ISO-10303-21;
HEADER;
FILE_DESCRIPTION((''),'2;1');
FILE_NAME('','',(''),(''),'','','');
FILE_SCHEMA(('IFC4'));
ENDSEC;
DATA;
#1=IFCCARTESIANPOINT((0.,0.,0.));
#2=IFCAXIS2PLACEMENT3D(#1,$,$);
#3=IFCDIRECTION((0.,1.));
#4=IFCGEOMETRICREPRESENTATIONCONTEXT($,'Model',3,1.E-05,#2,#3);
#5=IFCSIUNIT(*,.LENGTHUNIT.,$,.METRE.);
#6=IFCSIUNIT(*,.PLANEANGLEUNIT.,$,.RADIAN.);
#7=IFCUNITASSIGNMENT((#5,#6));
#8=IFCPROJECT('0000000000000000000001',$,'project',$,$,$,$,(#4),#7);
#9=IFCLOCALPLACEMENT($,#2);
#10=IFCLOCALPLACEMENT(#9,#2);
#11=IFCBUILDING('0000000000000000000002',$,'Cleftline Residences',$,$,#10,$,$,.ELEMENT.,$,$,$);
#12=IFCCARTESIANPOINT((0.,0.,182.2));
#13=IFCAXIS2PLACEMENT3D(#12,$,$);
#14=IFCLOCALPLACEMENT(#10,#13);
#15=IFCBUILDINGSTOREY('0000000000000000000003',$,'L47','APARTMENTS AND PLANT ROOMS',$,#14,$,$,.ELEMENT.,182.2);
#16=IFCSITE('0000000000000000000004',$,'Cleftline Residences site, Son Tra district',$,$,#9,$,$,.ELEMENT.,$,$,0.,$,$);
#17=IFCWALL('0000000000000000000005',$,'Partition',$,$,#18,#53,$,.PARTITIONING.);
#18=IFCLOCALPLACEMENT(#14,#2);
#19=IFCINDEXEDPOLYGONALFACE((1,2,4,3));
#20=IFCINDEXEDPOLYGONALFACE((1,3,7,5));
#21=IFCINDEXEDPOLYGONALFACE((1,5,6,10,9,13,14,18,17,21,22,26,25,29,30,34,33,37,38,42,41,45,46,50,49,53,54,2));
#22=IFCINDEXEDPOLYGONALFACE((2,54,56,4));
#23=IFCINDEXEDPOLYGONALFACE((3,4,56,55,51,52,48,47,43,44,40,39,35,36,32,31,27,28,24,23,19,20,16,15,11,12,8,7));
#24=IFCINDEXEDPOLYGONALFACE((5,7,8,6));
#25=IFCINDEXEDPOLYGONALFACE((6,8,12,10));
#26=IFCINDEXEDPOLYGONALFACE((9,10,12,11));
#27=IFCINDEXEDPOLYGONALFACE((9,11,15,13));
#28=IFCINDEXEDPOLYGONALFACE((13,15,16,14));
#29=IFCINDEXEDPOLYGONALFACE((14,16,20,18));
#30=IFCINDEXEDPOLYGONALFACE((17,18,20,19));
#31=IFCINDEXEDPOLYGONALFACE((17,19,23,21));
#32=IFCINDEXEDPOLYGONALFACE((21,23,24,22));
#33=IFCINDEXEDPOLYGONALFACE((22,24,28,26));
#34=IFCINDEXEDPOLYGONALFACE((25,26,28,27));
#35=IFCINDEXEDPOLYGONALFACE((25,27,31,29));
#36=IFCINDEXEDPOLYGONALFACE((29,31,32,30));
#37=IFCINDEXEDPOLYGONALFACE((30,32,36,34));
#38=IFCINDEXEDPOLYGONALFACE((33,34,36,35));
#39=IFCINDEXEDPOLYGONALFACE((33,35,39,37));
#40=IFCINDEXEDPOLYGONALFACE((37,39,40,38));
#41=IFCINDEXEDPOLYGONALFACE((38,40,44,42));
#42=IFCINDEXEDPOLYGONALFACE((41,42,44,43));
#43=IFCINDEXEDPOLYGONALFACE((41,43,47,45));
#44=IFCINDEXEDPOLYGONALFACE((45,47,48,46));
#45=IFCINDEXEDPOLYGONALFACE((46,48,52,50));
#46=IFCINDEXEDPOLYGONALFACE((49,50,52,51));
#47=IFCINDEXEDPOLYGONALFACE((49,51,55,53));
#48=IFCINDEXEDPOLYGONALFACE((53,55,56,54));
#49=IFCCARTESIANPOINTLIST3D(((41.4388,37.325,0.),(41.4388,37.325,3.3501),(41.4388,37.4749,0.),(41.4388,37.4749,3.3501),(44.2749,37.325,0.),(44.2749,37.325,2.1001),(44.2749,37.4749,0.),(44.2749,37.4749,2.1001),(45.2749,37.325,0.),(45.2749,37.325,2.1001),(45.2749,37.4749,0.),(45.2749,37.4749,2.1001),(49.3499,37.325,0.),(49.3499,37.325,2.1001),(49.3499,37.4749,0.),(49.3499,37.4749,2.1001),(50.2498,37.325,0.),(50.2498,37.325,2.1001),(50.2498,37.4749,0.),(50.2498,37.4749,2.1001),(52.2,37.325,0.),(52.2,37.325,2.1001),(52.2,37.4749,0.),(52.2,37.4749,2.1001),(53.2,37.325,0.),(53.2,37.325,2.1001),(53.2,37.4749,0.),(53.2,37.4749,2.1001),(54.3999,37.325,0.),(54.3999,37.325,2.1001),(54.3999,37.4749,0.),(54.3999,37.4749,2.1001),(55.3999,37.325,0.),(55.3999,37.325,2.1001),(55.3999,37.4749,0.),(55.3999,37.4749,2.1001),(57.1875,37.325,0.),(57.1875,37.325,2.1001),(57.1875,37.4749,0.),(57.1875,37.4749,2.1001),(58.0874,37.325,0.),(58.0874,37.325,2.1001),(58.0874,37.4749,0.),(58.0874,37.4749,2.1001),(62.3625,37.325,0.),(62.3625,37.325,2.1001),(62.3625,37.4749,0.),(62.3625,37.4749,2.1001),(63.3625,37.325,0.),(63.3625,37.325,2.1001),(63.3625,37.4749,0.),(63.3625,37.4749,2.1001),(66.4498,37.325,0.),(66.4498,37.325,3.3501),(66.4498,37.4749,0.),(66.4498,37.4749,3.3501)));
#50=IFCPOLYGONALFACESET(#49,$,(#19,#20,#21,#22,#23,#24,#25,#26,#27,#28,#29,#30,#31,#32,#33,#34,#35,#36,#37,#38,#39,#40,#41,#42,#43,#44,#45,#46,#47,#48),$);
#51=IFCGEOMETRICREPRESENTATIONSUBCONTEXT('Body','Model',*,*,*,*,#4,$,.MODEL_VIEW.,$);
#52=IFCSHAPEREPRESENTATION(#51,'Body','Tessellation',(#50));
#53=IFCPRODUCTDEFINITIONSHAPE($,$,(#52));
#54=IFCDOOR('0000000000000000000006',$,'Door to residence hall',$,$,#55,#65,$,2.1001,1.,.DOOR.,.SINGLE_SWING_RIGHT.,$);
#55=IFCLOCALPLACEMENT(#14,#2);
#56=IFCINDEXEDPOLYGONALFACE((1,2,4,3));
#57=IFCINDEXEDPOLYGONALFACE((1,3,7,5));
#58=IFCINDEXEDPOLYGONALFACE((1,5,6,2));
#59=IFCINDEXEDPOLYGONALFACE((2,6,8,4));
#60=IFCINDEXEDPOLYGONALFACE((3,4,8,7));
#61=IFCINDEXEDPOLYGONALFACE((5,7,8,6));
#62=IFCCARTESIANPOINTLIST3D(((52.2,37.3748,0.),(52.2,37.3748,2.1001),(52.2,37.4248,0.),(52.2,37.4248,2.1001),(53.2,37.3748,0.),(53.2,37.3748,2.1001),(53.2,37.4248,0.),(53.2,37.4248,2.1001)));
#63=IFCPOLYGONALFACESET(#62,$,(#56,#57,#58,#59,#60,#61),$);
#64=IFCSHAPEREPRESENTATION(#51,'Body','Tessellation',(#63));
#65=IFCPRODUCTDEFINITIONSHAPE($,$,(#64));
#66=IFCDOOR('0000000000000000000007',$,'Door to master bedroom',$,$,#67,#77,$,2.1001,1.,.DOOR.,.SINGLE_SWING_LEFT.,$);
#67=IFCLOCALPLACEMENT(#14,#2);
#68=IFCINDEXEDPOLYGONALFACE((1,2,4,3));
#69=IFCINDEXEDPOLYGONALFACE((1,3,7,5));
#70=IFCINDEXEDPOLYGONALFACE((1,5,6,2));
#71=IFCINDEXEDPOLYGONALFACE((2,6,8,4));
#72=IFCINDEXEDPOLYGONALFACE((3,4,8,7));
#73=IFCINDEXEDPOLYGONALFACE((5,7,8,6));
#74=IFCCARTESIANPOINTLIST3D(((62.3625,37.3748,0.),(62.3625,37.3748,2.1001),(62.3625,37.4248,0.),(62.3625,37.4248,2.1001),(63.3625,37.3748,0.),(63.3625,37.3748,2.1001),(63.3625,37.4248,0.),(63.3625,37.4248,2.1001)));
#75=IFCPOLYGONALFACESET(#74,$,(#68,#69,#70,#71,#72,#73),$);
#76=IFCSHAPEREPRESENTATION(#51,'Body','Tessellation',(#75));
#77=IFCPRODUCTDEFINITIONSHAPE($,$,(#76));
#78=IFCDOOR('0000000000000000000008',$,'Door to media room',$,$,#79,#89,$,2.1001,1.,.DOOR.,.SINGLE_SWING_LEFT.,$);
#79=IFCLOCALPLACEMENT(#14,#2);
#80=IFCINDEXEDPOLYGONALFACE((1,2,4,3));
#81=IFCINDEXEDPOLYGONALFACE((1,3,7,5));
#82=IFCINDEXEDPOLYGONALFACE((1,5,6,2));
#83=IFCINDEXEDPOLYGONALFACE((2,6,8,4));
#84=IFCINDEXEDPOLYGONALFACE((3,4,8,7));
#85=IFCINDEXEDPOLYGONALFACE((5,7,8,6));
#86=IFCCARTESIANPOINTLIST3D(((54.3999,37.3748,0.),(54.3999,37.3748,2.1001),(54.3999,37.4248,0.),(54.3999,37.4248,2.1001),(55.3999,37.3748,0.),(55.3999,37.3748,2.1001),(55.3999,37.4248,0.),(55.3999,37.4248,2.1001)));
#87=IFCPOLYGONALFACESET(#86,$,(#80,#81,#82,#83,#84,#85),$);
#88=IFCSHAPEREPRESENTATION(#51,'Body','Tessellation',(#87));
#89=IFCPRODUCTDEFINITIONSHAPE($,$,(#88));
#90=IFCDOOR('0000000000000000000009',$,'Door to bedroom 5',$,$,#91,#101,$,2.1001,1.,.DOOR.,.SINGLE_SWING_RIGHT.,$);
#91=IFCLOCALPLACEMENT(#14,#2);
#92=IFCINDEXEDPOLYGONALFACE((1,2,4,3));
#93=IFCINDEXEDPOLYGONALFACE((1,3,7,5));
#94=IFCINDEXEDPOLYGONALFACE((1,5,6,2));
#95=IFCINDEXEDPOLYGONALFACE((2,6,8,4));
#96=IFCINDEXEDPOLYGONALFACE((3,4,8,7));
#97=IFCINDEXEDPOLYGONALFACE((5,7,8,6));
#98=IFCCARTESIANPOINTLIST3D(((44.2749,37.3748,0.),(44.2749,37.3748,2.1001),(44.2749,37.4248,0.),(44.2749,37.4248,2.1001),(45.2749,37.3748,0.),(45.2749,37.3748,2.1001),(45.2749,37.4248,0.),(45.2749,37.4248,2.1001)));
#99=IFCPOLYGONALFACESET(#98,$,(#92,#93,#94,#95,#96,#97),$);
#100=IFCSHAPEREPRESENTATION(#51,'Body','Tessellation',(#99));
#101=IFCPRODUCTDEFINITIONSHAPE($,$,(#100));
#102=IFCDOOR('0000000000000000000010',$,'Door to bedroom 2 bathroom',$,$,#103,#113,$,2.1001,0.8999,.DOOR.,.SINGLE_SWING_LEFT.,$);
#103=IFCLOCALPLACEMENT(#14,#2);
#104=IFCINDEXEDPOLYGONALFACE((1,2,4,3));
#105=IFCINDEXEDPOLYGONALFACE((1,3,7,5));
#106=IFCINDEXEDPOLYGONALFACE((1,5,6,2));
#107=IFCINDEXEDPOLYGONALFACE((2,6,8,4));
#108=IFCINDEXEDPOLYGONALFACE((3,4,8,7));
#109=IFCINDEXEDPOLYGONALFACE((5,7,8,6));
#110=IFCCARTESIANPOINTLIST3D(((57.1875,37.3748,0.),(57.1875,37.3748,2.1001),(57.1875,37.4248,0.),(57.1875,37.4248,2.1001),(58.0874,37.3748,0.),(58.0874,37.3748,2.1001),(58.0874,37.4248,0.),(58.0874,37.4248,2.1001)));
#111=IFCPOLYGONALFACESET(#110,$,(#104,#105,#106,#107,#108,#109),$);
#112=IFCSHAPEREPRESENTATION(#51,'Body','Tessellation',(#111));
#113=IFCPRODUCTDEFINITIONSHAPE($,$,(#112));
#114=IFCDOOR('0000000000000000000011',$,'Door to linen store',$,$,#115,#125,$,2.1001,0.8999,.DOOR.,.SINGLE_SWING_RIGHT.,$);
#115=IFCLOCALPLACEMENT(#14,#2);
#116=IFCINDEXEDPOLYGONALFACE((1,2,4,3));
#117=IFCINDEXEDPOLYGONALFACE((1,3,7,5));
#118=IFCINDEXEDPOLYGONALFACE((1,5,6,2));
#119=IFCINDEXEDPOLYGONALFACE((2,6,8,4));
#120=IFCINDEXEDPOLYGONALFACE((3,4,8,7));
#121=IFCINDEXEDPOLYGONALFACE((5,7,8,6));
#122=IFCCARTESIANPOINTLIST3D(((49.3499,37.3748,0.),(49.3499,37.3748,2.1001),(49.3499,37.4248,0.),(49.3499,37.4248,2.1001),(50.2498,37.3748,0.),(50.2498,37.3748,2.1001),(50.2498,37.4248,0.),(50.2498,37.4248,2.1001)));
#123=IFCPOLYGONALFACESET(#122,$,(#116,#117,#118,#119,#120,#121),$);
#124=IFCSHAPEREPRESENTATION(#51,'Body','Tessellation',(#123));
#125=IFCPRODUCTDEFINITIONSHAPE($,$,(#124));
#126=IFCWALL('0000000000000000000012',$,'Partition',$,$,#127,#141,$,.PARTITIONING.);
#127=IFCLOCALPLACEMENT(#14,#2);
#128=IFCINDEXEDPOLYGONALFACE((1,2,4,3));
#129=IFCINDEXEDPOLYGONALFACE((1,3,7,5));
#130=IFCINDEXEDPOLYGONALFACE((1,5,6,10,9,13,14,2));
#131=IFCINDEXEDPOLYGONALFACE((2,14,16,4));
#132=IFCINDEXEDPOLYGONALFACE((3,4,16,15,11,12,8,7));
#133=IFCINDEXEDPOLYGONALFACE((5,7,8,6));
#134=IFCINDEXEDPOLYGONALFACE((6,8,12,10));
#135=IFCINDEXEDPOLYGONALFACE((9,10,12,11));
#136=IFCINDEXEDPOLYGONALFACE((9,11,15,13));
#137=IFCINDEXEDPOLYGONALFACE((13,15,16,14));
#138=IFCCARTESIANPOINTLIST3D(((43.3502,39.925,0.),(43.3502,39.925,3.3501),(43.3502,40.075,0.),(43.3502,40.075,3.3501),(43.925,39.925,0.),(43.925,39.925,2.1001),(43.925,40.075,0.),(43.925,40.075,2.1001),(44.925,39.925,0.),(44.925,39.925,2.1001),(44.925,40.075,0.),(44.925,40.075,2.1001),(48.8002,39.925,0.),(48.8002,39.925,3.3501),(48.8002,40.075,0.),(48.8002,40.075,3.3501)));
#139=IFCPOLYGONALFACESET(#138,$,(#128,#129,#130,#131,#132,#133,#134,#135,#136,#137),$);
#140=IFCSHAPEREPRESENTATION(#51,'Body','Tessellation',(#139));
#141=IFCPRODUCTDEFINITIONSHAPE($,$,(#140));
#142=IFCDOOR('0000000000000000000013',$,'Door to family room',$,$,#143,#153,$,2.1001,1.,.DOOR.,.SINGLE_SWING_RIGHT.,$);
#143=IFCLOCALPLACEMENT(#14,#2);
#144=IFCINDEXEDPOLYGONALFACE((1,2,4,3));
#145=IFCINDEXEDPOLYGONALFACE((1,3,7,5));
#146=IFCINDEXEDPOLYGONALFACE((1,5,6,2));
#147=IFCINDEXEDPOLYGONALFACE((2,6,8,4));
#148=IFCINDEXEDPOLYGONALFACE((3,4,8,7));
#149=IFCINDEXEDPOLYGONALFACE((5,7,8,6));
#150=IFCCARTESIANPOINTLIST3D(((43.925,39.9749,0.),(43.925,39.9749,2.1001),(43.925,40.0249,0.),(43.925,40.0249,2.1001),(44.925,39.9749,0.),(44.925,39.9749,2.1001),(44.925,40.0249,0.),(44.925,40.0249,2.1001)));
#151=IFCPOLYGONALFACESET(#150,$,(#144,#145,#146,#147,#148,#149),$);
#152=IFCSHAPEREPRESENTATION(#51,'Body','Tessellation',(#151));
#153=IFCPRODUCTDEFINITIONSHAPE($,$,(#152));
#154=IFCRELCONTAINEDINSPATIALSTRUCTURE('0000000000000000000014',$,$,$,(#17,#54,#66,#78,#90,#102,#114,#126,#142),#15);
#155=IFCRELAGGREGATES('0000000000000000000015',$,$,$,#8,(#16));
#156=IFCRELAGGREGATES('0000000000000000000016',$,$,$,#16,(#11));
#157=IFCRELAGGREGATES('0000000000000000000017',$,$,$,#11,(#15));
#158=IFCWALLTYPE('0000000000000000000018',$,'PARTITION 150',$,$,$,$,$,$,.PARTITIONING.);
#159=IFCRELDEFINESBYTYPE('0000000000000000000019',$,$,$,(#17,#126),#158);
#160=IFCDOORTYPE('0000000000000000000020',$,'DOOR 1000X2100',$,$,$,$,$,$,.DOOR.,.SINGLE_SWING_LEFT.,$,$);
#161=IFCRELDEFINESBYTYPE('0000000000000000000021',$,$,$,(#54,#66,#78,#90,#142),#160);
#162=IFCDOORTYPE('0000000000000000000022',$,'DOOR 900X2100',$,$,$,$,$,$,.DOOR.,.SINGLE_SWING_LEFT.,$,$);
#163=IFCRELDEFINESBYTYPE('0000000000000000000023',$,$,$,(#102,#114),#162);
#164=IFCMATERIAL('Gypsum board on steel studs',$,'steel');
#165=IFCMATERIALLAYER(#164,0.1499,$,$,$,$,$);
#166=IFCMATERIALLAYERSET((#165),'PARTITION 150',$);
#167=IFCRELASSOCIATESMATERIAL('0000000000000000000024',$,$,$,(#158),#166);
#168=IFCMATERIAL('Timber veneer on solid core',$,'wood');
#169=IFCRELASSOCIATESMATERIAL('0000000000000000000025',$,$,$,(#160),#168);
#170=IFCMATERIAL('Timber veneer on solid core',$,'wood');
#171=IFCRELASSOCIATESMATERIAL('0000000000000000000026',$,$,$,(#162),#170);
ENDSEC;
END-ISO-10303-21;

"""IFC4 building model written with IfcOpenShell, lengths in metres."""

from ifc_helpers import new_model, si_unit, direction, frame, frame_2d, origin, place, context, subcontext, project, spatial, rectangle, extrude, material, layer, layer_set, type_object, element, fill, save


model = new_model("IFC4")

# Units and contexts
model_context = context("Model", 3, precision=1e-05, world=origin(), true_north=direction((0.0, 1.0)))
body_context = subcontext(model_context, "Body", "Model", "MODEL_VIEW")
ifc_project = project(units=[si_unit("LENGTHUNIT", "METRE"), si_unit("PLANEANGLEUNIT", "RADIAN")], contexts=[model_context])

# Site, building, storey
site_placement = place(None, origin())
site = spatial("IfcSite", under=ifc_project, at=site_placement, Name="Cleftline Residences site, Son Tra district", CompositionType="ELEMENT", RefElevation=0.0)
building_placement = place(site_placement, origin())
building = spatial("IfcBuilding", under=site, at=building_placement, Name="Cleftline Residences", CompositionType="ELEMENT")
storey_placement = place(building_placement, frame((0.0, 0.0, 182.2)))
storey = spatial("IfcBuildingStorey", under=building, at=storey_placement, Name="L47", Description="APARTMENTS AND PLANT ROOMS", CompositionType="ELEMENT", Elevation=182.2)

# Wall, openings, doors
ifc_material_1 = material(Name="Gypsum board on steel studs", Category="steel")
ifc_layer_1 = layer(ifc_material_1, 0.1499)
ifc_layer_set_1 = layer_set([ifc_layer_1], Name="PARTITION 150")
wall_type = type_object("IfcWallType", Name="PARTITION 150", PredefinedType="PARTITIONING", material=ifc_layer_set_1)
wall_1_placement = place(storey_placement, frame((41.439, 37.3999, 0.0), z_axis=(0.0, 0.0, 1.0), x_axis=(1.0, 0.0, 0.0)))
wall_1 = element("IfcWall", 1, at=wall_1_placement, inside=storey, type_object=wall_type, Name="Partition", PredefinedType="PARTITIONING", context=body_context, shape_type="SweptSolid", body=[
    extrude(rectangle(XDim=25.011, YDim=0.1499, at=frame_2d((12.5054, 0.0))), origin(), (0.0, 0.0, 1.0), 3.3501),
])
opening_1_placement = place(wall_1_placement, frame((10.761, 0.0, 0.0)))
opening_1 = element("IfcOpeningElement", 2, at=opening_1_placement, cuts=wall_1, PredefinedType="OPENING", context=body_context, shape_type="SweptSolid", body=[
    extrude(rectangle(XDim=1.0, YDim=2.1001, at=frame_2d((0.5, 1.05))), frame((0.0, 0.085, 0.0), z_axis=(0.0, -1.0, 0.0), x_axis=(1.0, 0.0, 0.0)), (0.0, 0.0, 1.0), 0.1699),
])
opening_2_placement = place(wall_1_placement, frame((20.9236, 0.0, 0.0)))
opening_2 = element("IfcOpeningElement", 3, at=opening_2_placement, cuts=wall_1, PredefinedType="OPENING", context=body_context, shape_type="SweptSolid", body=[
    extrude(rectangle(XDim=1.0, YDim=2.1001, at=frame_2d((0.5, 1.05))), frame((0.0, 0.085, 0.0), z_axis=(0.0, -1.0, 0.0), x_axis=(1.0, 0.0, 0.0)), (0.0, 0.0, 1.0), 0.1699),
])
opening_3_placement = place(wall_1_placement, frame((15.7485, 0.0, 0.0)))
opening_3 = element("IfcOpeningElement", 4, at=opening_3_placement, cuts=wall_1, PredefinedType="OPENING", context=body_context, shape_type="SweptSolid", body=[
    extrude(rectangle(XDim=0.8999, YDim=2.1001, at=frame_2d((0.45, 1.05))), frame((0.0, 0.085, 0.0), z_axis=(0.0, -1.0, 0.0), x_axis=(1.0, 0.0, 0.0)), (0.0, 0.0, 1.0), 0.1699),
])
opening_4_placement = place(wall_1_placement, frame((12.9609, 0.0, 0.0)))
opening_4 = element("IfcOpeningElement", 5, at=opening_4_placement, cuts=wall_1, PredefinedType="OPENING", context=body_context, shape_type="SweptSolid", body=[
    extrude(rectangle(XDim=1.0, YDim=2.1001, at=frame_2d((0.5, 1.05))), frame((0.0, 0.085, 0.0), z_axis=(0.0, -1.0, 0.0), x_axis=(1.0, 0.0, 0.0)), (0.0, 0.0, 1.0), 0.1699),
])
opening_5_placement = place(wall_1_placement, frame((7.9109, 0.0, 0.0)))
opening_5 = element("IfcOpeningElement", 6, at=opening_5_placement, cuts=wall_1, PredefinedType="OPENING", context=body_context, shape_type="SweptSolid", body=[
    extrude(rectangle(XDim=0.8999, YDim=2.1001, at=frame_2d((0.45, 1.05))), frame((0.0, 0.085, 0.0), z_axis=(0.0, -1.0, 0.0), x_axis=(1.0, 0.0, 0.0)), (0.0, 0.0, 1.0), 0.1699),
])
opening_6_placement = place(wall_1_placement, frame((2.8359, 0.0, 0.0)))
opening_6 = element("IfcOpeningElement", 7, at=opening_6_placement, cuts=wall_1, PredefinedType="OPENING", context=body_context, shape_type="SweptSolid", body=[
    extrude(rectangle(XDim=1.0, YDim=2.1001, at=frame_2d((0.5, 1.05))), frame((0.0, 0.085, 0.0), z_axis=(0.0, -1.0, 0.0), x_axis=(1.0, 0.0, 0.0)), (0.0, 0.0, 1.0), 0.1699),
])
ifc_material_2 = material(Name="Timber veneer on solid core", Category="wood")
door_type_1 = type_object("IfcDoorType", Name="DOOR 1000X2100", OperationType="SINGLE_SWING_LEFT", PredefinedType="DOOR", material=ifc_material_2)
door_1_placement = place(opening_1_placement, origin())
door_1 = element("IfcDoor", 8, at=door_1_placement, inside=storey, type_object=door_type_1, Name="Door to residence hall", OperationType="SINGLE_SWING_RIGHT", OverallHeight=2.1001, OverallWidth=1.0, PredefinedType="DOOR", context=body_context, shape_type="SweptSolid", body=[
    extrude(rectangle(XDim=1.0, YDim=2.1001, at=frame_2d((0.5, 1.05))), frame((0.0, 0.0249, 0.0), z_axis=(0.0, -1.0, 0.0), x_axis=(1.0, 0.0, 0.0)), (0.0, 0.0, 1.0), 0.05),
])
fill(opening_1, door_1)
door_2_placement = place(opening_2_placement, origin())
door_2 = element("IfcDoor", 9, at=door_2_placement, inside=storey, type_object=door_type_1, Name="Door to master bedroom", OperationType="SINGLE_SWING_LEFT", OverallHeight=2.1001, OverallWidth=1.0, PredefinedType="DOOR", context=body_context, shape_type="SweptSolid", body=[
    extrude(rectangle(XDim=1.0, YDim=2.1001, at=frame_2d((0.5, 1.05))), frame((0.0, 0.0249, 0.0), z_axis=(0.0, -1.0, 0.0), x_axis=(1.0, 0.0, 0.0)), (0.0, 0.0, 1.0), 0.05),
])
fill(opening_2, door_2)
door_3_placement = place(opening_4_placement, origin())
door_3 = element("IfcDoor", 10, at=door_3_placement, inside=storey, type_object=door_type_1, Name="Door to media room", OperationType="SINGLE_SWING_LEFT", OverallHeight=2.1001, OverallWidth=1.0, PredefinedType="DOOR", context=body_context, shape_type="SweptSolid", body=[
    extrude(rectangle(XDim=1.0, YDim=2.1001, at=frame_2d((0.5, 1.05))), frame((0.0, 0.0249, 0.0), z_axis=(0.0, -1.0, 0.0), x_axis=(1.0, 0.0, 0.0)), (0.0, 0.0, 1.0), 0.05),
])
fill(opening_4, door_3)
door_4_placement = place(opening_6_placement, origin())
door_4 = element("IfcDoor", 11, at=door_4_placement, inside=storey, type_object=door_type_1, Name="Door to bedroom 5", OperationType="SINGLE_SWING_RIGHT", OverallHeight=2.1001, OverallWidth=1.0, PredefinedType="DOOR", context=body_context, shape_type="SweptSolid", body=[
    extrude(rectangle(XDim=1.0, YDim=2.1001, at=frame_2d((0.5, 1.05))), frame((0.0, 0.0249, 0.0), z_axis=(0.0, -1.0, 0.0), x_axis=(1.0, 0.0, 0.0)), (0.0, 0.0, 1.0), 0.05),
])
fill(opening_6, door_4)
ifc_material_3 = material(Name="Timber veneer on solid core", Category="wood")
door_type_2 = type_object("IfcDoorType", Name="DOOR 900X2100", OperationType="SINGLE_SWING_LEFT", PredefinedType="DOOR", material=ifc_material_3)
door_5_placement = place(opening_3_placement, origin())
door_5 = element("IfcDoor", 12, at=door_5_placement, inside=storey, type_object=door_type_2, Name="Door to bedroom 2 bathroom", OperationType="SINGLE_SWING_LEFT", OverallHeight=2.1001, OverallWidth=0.8999, PredefinedType="DOOR", context=body_context, shape_type="SweptSolid", body=[
    extrude(rectangle(XDim=0.8999, YDim=2.1001, at=frame_2d((0.45, 1.05))), frame((0.0, 0.0249, 0.0), z_axis=(0.0, -1.0, 0.0), x_axis=(1.0, 0.0, 0.0)), (0.0, 0.0, 1.0), 0.05),
])
fill(opening_3, door_5)
door_6_placement = place(opening_5_placement, origin())
door_6 = element("IfcDoor", 13, at=door_6_placement, inside=storey, type_object=door_type_2, Name="Door to linen store", OperationType="SINGLE_SWING_RIGHT", OverallHeight=2.1001, OverallWidth=0.8999, PredefinedType="DOOR", context=body_context, shape_type="SweptSolid", body=[
    extrude(rectangle(XDim=0.8999, YDim=2.1001, at=frame_2d((0.45, 1.05))), frame((0.0, 0.0249, 0.0), z_axis=(0.0, -1.0, 0.0), x_axis=(1.0, 0.0, 0.0)), (0.0, 0.0, 1.0), 0.05),
])
fill(opening_5, door_6)

# Wall, opening, door
wall_2_placement = place(storey_placement, frame((43.3501, 40.0, 0.0), z_axis=(0.0, 0.0, 1.0), x_axis=(1.0, 0.0, 0.0)))
wall_2 = element("IfcWall", 14, at=wall_2_placement, inside=storey, type_object=wall_type, Name="Partition", PredefinedType="PARTITIONING", context=body_context, shape_type="SweptSolid", body=[
    extrude(rectangle(XDim=5.45, YDim=0.1499, at=frame_2d((2.7251, 0.0))), origin(), (0.0, 0.0, 1.0), 3.3501),
])
opening_7_placement = place(wall_2_placement, frame((0.575, 0.0, 0.0)))
opening_7 = element("IfcOpeningElement", 15, at=opening_7_placement, cuts=wall_2, PredefinedType="OPENING", context=body_context, shape_type="SweptSolid", body=[
    extrude(rectangle(XDim=1.0, YDim=2.1001, at=frame_2d((0.5, 1.05))), frame((0.0, 0.085, 0.0), z_axis=(0.0, -1.0, 0.0), x_axis=(1.0, 0.0, 0.0)), (0.0, 0.0, 1.0), 0.1699),
])
door_7_placement = place(opening_7_placement, origin())
door_7 = element("IfcDoor", 16, at=door_7_placement, inside=storey, type_object=door_type_1, Name="Door to family room", OperationType="SINGLE_SWING_RIGHT", OverallHeight=2.1001, OverallWidth=1.0, PredefinedType="DOOR", context=body_context, shape_type="SweptSolid", body=[
    extrude(rectangle(XDim=1.0, YDim=2.1001, at=frame_2d((0.5, 1.05))), frame((0.0, 0.0249, 0.0), z_axis=(0.0, -1.0, 0.0), x_axis=(1.0, 0.0, 0.0)), (0.0, 0.0, 1.0), 0.05),
])
fill(opening_7, door_7)

save(model, "model.ifc")
